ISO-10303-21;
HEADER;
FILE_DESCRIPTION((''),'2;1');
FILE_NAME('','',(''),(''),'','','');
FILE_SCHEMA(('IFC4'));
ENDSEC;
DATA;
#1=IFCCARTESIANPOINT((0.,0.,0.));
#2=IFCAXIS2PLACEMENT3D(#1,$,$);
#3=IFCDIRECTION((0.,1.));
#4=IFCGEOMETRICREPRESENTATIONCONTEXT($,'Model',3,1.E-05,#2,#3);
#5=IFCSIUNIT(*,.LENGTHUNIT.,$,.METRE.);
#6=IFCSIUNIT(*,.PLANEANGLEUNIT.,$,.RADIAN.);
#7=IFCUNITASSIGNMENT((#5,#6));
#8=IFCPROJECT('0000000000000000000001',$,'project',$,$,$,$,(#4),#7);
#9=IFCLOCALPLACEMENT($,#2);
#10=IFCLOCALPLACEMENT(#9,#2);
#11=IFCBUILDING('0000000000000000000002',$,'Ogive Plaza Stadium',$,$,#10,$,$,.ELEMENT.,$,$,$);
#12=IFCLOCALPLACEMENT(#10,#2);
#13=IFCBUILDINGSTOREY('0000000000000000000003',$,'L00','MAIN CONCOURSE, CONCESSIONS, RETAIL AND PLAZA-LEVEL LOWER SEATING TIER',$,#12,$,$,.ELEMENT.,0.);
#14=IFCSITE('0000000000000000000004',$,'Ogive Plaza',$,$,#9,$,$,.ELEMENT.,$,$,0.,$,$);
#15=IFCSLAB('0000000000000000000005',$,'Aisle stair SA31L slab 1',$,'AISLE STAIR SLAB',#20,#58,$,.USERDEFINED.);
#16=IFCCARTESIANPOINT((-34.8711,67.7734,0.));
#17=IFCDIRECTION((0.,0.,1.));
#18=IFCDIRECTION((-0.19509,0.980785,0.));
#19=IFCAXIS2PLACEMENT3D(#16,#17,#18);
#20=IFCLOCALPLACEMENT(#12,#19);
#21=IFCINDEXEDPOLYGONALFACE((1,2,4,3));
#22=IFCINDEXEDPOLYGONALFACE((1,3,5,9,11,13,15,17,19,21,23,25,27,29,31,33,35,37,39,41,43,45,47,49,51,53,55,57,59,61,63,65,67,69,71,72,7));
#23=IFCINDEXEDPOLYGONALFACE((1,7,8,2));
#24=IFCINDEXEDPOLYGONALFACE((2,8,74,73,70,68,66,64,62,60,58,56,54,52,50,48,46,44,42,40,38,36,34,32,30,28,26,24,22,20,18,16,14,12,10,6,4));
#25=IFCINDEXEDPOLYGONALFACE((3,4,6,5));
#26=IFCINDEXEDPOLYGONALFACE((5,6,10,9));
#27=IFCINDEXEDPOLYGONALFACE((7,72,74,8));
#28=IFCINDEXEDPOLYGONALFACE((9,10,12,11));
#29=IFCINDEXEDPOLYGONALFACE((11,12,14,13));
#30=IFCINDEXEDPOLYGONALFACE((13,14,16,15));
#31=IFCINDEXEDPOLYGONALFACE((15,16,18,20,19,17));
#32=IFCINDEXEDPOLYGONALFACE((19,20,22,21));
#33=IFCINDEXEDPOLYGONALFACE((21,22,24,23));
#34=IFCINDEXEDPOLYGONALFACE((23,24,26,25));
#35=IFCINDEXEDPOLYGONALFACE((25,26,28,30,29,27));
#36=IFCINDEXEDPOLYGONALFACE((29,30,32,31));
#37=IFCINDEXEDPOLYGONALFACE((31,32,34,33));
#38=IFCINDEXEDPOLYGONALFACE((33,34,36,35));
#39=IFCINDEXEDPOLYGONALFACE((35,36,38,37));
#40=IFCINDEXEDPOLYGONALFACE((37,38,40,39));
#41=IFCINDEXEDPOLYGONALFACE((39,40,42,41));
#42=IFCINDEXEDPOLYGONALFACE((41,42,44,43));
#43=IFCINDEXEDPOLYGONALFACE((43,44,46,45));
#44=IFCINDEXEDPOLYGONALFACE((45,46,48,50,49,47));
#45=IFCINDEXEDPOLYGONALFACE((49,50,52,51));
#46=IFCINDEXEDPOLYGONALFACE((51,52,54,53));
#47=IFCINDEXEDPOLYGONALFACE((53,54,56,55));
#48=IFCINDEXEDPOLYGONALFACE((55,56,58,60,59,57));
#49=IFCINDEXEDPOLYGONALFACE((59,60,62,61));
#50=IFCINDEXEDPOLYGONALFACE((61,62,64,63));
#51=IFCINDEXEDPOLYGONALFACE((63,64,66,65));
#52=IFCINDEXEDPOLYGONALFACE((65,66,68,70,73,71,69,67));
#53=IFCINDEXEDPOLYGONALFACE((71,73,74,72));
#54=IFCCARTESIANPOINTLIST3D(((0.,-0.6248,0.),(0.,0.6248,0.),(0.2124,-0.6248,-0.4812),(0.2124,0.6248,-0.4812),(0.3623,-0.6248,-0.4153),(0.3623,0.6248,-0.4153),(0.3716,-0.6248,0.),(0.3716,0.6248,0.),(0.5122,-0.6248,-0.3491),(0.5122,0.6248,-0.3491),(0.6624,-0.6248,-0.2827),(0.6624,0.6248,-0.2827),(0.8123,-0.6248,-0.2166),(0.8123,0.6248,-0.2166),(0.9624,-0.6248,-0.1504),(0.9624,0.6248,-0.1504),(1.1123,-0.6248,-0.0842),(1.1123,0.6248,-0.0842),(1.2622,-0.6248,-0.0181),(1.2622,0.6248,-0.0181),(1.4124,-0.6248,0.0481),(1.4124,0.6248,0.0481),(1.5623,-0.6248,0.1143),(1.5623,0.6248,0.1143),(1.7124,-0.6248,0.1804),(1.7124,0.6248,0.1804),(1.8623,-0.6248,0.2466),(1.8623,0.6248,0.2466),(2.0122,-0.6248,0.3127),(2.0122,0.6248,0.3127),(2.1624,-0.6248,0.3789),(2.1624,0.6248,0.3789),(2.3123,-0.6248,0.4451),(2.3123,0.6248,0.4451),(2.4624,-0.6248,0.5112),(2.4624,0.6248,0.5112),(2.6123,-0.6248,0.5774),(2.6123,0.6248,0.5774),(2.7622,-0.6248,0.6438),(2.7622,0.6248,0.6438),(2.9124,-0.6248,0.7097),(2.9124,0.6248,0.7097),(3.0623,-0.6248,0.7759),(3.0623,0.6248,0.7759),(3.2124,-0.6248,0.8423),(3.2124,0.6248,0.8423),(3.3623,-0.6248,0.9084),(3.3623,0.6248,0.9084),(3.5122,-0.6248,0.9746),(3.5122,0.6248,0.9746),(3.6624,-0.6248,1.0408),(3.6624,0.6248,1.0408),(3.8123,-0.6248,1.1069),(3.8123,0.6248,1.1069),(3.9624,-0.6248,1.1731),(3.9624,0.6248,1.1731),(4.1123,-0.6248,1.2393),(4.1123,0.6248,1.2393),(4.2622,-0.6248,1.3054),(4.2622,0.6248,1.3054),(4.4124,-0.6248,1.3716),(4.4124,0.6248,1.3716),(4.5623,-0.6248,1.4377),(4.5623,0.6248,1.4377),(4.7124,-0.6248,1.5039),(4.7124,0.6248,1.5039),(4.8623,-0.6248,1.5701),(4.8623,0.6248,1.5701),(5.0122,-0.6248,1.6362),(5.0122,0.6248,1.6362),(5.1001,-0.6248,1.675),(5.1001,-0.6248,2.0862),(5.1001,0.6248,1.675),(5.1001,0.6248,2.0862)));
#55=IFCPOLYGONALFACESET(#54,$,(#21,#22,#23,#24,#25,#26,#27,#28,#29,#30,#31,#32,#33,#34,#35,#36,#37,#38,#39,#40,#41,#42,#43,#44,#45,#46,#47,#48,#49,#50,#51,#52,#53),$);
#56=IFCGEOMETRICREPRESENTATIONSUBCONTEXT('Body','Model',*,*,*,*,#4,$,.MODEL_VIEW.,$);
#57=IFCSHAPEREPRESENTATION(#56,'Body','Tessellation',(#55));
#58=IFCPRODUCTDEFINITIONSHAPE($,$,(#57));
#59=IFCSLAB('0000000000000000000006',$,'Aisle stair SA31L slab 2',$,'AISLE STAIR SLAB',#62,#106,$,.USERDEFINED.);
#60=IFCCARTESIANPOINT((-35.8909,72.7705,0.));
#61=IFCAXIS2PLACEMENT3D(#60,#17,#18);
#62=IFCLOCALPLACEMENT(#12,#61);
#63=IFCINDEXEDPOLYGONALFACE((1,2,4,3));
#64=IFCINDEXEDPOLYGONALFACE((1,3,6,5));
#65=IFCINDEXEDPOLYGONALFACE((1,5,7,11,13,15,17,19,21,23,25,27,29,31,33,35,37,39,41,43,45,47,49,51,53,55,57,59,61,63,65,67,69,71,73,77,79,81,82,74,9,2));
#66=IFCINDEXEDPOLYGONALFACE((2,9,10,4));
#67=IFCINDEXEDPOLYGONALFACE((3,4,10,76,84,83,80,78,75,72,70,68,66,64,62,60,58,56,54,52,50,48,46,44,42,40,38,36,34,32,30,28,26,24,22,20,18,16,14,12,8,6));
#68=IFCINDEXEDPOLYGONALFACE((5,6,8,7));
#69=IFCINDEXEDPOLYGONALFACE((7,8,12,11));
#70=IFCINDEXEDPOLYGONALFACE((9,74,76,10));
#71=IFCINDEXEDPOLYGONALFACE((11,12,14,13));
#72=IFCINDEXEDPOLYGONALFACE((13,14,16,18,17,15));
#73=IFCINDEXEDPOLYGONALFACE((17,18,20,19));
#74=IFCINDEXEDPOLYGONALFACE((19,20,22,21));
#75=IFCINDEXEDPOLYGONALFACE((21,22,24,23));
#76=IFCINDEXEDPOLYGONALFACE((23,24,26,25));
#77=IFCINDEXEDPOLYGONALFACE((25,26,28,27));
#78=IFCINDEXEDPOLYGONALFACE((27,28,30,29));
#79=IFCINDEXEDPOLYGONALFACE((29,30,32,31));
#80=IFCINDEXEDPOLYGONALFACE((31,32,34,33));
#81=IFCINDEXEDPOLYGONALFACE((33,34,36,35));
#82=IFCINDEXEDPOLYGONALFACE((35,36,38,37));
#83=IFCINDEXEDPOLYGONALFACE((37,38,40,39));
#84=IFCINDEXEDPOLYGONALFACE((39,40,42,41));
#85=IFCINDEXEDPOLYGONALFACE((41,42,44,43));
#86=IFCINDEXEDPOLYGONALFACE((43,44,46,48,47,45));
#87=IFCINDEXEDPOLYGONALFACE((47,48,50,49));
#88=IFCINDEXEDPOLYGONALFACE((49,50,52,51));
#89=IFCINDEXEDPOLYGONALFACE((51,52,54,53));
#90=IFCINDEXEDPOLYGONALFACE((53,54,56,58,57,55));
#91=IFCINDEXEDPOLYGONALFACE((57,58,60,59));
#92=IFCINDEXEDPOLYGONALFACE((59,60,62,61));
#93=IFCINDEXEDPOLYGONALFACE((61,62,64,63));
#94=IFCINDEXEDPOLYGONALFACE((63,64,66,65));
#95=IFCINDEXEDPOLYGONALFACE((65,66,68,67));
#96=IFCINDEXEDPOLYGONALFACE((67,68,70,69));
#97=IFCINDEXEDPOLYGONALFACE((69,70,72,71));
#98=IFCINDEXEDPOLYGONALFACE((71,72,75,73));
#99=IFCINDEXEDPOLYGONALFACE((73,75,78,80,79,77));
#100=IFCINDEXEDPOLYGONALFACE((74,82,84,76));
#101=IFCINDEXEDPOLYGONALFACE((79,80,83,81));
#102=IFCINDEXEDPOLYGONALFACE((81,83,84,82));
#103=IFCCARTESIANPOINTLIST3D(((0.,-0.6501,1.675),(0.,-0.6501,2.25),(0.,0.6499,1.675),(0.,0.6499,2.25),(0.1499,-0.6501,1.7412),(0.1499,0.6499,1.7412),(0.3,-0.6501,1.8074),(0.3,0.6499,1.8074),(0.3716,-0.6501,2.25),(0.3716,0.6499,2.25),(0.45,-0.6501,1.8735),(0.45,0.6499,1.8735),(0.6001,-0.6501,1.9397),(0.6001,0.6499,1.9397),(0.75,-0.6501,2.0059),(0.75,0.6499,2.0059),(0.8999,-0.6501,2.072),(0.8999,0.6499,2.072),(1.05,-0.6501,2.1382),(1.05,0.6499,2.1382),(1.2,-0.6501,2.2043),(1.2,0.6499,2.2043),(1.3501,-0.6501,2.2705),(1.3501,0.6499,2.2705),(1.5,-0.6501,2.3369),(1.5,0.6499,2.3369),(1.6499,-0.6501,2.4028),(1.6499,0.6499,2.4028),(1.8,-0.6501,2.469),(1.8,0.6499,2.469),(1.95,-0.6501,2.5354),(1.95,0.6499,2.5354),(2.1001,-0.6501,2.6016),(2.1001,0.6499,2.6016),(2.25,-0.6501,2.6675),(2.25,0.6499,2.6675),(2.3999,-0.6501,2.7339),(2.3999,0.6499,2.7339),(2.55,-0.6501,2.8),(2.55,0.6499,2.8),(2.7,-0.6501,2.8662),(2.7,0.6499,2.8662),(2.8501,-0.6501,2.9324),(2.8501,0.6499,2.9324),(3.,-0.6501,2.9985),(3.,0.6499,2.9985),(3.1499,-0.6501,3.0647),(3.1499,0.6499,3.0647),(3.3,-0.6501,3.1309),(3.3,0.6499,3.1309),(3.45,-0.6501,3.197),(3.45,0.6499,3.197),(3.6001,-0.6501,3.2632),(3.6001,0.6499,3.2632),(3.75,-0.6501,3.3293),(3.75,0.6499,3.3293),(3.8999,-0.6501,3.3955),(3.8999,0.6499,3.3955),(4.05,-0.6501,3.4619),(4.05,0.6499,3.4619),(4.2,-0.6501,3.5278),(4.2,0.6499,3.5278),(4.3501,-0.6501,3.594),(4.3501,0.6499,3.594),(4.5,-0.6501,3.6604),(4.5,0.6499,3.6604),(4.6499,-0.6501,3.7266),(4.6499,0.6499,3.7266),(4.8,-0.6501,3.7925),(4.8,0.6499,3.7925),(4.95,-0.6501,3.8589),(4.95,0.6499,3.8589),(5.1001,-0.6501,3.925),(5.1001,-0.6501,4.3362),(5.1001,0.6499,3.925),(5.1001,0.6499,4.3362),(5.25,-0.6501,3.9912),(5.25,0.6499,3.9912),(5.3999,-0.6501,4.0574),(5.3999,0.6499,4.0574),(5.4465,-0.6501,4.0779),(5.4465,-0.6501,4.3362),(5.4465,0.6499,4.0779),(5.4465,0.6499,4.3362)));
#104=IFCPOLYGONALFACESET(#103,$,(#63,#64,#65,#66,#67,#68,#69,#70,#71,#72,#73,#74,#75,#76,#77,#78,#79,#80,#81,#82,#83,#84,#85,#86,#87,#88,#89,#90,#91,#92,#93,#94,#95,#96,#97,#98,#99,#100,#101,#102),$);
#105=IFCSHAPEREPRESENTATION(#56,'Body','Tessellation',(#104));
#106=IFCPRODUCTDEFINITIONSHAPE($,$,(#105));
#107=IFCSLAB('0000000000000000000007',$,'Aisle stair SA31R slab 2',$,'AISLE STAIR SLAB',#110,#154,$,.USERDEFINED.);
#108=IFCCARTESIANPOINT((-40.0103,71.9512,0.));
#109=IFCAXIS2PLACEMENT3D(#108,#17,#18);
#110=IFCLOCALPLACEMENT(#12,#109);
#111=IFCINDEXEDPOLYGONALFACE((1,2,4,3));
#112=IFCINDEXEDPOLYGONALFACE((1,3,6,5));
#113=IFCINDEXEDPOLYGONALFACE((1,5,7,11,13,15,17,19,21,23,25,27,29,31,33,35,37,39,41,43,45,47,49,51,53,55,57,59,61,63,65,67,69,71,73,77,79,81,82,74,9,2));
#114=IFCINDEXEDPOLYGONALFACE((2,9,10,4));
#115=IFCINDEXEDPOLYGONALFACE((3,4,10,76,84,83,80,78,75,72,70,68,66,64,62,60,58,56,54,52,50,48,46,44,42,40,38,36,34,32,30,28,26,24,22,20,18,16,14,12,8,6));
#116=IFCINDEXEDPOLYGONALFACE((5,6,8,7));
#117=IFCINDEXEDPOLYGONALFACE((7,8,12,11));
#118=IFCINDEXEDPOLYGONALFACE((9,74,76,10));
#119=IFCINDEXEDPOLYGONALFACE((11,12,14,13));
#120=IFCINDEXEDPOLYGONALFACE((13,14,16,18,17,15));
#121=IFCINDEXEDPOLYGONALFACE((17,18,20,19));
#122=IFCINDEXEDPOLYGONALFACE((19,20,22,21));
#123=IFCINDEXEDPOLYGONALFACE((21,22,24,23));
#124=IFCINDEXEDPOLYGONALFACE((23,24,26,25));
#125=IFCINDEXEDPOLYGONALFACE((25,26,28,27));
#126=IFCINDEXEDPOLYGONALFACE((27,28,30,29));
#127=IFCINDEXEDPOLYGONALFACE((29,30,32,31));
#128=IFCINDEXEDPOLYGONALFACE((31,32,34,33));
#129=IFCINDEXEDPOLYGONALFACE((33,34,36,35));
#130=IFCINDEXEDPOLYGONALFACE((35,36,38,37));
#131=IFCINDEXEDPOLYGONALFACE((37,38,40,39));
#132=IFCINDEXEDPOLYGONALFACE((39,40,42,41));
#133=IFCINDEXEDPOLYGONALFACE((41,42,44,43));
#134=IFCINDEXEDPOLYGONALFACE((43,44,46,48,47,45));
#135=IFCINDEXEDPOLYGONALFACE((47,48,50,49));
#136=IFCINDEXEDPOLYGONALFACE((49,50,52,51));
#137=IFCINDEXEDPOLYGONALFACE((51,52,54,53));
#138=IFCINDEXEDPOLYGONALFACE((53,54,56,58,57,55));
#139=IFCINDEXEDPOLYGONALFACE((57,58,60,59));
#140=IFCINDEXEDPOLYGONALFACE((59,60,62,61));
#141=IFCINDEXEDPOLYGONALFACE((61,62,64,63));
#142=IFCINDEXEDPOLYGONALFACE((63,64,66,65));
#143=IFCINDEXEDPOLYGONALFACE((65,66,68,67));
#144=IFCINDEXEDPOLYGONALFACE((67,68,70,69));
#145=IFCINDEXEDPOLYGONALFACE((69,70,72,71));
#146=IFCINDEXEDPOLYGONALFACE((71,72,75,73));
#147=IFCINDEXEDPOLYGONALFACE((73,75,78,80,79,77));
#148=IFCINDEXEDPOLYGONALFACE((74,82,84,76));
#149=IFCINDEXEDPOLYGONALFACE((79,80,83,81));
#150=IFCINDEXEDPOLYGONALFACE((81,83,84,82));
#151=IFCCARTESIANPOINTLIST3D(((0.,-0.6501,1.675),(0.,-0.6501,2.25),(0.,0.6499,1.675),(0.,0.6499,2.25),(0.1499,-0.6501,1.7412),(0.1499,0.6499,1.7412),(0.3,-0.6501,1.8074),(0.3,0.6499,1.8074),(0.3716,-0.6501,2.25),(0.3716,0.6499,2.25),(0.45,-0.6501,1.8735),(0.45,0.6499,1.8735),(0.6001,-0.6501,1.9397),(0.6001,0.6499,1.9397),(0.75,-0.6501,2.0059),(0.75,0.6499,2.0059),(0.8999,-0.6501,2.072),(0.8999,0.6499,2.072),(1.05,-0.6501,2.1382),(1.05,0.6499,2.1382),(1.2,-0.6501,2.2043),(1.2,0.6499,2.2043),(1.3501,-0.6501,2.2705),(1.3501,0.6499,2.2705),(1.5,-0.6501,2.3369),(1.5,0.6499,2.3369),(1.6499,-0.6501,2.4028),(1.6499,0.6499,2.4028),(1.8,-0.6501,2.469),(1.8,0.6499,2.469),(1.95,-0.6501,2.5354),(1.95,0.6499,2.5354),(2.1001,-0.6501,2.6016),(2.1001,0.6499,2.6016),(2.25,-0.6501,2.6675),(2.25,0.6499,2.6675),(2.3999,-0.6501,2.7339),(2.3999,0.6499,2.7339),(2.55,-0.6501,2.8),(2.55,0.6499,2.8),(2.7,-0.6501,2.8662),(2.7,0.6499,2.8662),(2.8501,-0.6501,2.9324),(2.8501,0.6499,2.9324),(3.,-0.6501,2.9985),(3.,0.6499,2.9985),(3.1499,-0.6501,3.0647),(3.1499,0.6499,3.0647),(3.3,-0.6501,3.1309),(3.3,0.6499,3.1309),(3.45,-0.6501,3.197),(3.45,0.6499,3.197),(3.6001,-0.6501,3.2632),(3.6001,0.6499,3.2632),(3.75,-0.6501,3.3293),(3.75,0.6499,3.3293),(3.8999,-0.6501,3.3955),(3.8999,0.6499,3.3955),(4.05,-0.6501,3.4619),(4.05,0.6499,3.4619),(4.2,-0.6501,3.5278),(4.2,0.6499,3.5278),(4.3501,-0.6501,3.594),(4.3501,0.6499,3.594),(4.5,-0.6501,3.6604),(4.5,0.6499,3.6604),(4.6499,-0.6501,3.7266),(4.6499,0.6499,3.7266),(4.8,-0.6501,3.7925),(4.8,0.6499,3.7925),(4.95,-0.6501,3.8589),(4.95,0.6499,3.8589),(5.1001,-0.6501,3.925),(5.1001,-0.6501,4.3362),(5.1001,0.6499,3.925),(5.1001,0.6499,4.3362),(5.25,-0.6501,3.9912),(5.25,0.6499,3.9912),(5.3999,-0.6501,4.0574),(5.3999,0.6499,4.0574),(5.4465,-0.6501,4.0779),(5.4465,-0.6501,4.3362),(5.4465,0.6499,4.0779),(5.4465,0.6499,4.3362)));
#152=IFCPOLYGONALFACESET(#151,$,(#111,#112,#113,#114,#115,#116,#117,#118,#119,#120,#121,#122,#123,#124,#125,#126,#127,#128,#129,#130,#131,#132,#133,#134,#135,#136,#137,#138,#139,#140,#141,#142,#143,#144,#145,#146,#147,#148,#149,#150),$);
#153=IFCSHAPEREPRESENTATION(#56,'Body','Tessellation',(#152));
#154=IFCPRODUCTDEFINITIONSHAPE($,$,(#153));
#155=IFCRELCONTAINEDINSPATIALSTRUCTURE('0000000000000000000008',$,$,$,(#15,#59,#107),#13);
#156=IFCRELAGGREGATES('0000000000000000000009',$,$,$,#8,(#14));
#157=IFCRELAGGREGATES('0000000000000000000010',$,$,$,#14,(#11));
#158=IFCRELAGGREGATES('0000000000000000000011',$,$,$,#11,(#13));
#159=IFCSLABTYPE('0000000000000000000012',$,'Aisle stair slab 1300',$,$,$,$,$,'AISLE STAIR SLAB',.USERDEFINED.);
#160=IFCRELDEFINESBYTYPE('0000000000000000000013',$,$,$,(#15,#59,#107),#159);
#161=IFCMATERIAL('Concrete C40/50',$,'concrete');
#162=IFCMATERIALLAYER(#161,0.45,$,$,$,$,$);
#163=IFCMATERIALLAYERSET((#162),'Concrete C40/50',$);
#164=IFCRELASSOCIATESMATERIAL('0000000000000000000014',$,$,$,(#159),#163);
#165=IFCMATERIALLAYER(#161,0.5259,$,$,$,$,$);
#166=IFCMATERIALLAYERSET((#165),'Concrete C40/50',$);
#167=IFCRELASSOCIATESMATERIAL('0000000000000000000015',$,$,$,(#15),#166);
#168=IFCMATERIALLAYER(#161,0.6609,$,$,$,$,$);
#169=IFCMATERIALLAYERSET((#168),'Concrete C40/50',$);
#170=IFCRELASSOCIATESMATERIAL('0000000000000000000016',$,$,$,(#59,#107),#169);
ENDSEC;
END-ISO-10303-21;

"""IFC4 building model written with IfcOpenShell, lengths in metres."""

from ifc_helpers import new_model, si_unit, direction, frame, origin, place, context, subcontext, project, spatial, polyline, outline, extrude, material, layer, layer_set, type_object, element, save


model = new_model("IFC4")

# Units and contexts
model_context = context("Model", 3, precision=1e-05, world=origin(), true_north=direction((0.0, 1.0)))
body_context = subcontext(model_context, "Body", "Model", "MODEL_VIEW")
ifc_project = project(units=[si_unit("LENGTHUNIT", "METRE"), si_unit("PLANEANGLEUNIT", "RADIAN")], contexts=[model_context])

# Site, building, storey
site_placement = place(None, origin())
site = spatial("IfcSite", under=ifc_project, at=site_placement, Name="Ogive Plaza", CompositionType="ELEMENT", RefElevation=0.0)
building_placement = place(site_placement, origin())
building = spatial("IfcBuilding", under=site, at=building_placement, Name="Ogive Plaza Stadium", CompositionType="ELEMENT")
storey_placement = place(building_placement, origin())
storey = spatial("IfcBuildingStorey", under=building, at=storey_placement, Name="L00", Description="MAIN CONCOURSE, CONCESSIONS, RETAIL AND PLAZA-LEVEL LOWER SEATING TIER", CompositionType="ELEMENT", Elevation=0.0)

# Slabs
ifc_material_1 = material(Name="Concrete C40/50", Category="concrete")
ifc_layer_1 = layer(ifc_material_1, 0.5259)
ifc_layer_set_1 = layer_set([ifc_layer_1], Name="Concrete C40/50")
ifc_layer_2 = layer(ifc_material_1, 0.45)
ifc_layer_set_2 = layer_set([ifc_layer_2], Name="Concrete C40/50")
slab_type = type_object("IfcSlabType", Name="Aisle stair slab 1300", ElementType="AISLE STAIR SLAB", PredefinedType="USERDEFINED", material=ifc_layer_set_2)
slab_placement = place(storey_placement, frame((-34.8711, 67.7734, 0.0), z_axis=(0.0, 0.0, 1.0), x_axis=(-0.19509, 0.980785, 0.0)))
element("IfcSlab", 1, at=slab_placement, inside=storey, type_object=slab_type, material=ifc_layer_set_1, Name="Aisle stair SA31L slab 1", ObjectType="AISLE STAIR SLAB", PredefinedType="USERDEFINED", context=body_context, shape_type="SweptSolid", body=[
    extrude(outline(polyline([(0.0, 0.0), (0.3716, 0.0), (5.1001, 2.0862), (5.1001, 1.675), (5.0122, 1.6362), (4.8623, 1.5701), (4.7124, 1.5039), (4.5623, 1.4377), (4.4124, 1.3716), (4.2622, 1.3054), (4.1123, 1.2393), (3.9624, 1.1731), (3.8123, 1.1069), (3.6624, 1.0408), (3.5122, 0.9746), (3.3623, 0.9084), (3.2124, 0.8423), (3.0623, 0.7759), (2.9124, 0.7097), (2.7622, 0.6438), (2.6123, 0.5774), (2.4624, 0.5112), (2.3123, 0.4451), (2.1624, 0.3789), (2.0122, 0.3127), (1.8623, 0.2466), (1.7124, 0.1804), (1.5623, 0.1143), (1.4124, 0.0481), (1.2622, -0.0181), (1.1123, -0.0842), (0.9624, -0.1504), (0.8123, -0.2166), (0.6624, -0.2827), (0.5122, -0.3491), (0.3623, -0.4153), (0.2124, -0.4812), (0.0, 0.0)])), frame((0.0, 0.6248, 0.0), z_axis=(0.0, -1.0, 0.0), x_axis=(1.0, 0.0, 0.0)), (0.0, 0.0, 1.0), 1.2495),
])
ifc_layer_3 = layer(ifc_material_1, 0.6609)
ifc_layer_set_3 = layer_set([ifc_layer_3], Name="Concrete C40/50")
for number, where, z_axis, x_axis, name in (
    (2, (-35.8909, 72.7705, 0.0), (0.0, 0.0, 1.0), (-0.19509, 0.980785, 0.0), "Aisle stair SA31L slab 2"),
    (3, (-40.0103, 71.9512, 0.0), (0.0, 0.0, 1.0), (-0.19509, 0.980785, 0.0), "Aisle stair SA31R slab 2"),
):
    element("IfcSlab", number, at=place(storey_placement, frame(where, z_axis=z_axis, x_axis=x_axis)), inside=storey, type_object=slab_type, material=ifc_layer_set_3, Name=name, ObjectType="AISLE STAIR SLAB", PredefinedType="USERDEFINED", context=body_context, shape_type="SweptSolid", body=[
        extrude(outline(polyline([(0.0, 2.25), (0.3716, 2.25), (5.1001, 4.3362), (5.4465, 4.3362), (5.4465, 4.0779), (5.3999, 4.0574), (5.25, 3.9912), (5.1001, 3.925), (4.95, 3.8589), (4.8, 3.7925), (4.6499, 3.7266), (4.5, 3.6604), (4.3501, 3.594), (4.2, 3.5278), (4.05, 3.4619), (3.8999, 3.3955), (3.75, 3.3293), (3.6001, 3.2632), (3.45, 3.197), (3.3, 3.1309), (3.1499, 3.0647), (3.0, 2.9985), (2.8501, 2.9324), (2.7, 2.8662), (2.55, 2.8), (2.3999, 2.7339), (2.25, 2.6675), (2.1001, 2.6016), (1.95, 2.5354), (1.8, 2.469), (1.6499, 2.4028), (1.5, 2.3369), (1.3501, 2.2705), (1.2, 2.2043), (1.05, 2.1382), (0.8999, 2.072), (0.75, 2.0059), (0.6001, 1.9397), (0.45, 1.8735), (0.3, 1.8074), (0.1499, 1.7412), (0.0, 1.675), (0.0, 2.25)])), frame((0.0, 0.6499, 0.0), z_axis=(0.0, -1.0, 0.0), x_axis=(1.0, 0.0, 0.0)), (0.0, 0.0, 1.0), 1.3),
    ])

save(model, "model.ifc")
